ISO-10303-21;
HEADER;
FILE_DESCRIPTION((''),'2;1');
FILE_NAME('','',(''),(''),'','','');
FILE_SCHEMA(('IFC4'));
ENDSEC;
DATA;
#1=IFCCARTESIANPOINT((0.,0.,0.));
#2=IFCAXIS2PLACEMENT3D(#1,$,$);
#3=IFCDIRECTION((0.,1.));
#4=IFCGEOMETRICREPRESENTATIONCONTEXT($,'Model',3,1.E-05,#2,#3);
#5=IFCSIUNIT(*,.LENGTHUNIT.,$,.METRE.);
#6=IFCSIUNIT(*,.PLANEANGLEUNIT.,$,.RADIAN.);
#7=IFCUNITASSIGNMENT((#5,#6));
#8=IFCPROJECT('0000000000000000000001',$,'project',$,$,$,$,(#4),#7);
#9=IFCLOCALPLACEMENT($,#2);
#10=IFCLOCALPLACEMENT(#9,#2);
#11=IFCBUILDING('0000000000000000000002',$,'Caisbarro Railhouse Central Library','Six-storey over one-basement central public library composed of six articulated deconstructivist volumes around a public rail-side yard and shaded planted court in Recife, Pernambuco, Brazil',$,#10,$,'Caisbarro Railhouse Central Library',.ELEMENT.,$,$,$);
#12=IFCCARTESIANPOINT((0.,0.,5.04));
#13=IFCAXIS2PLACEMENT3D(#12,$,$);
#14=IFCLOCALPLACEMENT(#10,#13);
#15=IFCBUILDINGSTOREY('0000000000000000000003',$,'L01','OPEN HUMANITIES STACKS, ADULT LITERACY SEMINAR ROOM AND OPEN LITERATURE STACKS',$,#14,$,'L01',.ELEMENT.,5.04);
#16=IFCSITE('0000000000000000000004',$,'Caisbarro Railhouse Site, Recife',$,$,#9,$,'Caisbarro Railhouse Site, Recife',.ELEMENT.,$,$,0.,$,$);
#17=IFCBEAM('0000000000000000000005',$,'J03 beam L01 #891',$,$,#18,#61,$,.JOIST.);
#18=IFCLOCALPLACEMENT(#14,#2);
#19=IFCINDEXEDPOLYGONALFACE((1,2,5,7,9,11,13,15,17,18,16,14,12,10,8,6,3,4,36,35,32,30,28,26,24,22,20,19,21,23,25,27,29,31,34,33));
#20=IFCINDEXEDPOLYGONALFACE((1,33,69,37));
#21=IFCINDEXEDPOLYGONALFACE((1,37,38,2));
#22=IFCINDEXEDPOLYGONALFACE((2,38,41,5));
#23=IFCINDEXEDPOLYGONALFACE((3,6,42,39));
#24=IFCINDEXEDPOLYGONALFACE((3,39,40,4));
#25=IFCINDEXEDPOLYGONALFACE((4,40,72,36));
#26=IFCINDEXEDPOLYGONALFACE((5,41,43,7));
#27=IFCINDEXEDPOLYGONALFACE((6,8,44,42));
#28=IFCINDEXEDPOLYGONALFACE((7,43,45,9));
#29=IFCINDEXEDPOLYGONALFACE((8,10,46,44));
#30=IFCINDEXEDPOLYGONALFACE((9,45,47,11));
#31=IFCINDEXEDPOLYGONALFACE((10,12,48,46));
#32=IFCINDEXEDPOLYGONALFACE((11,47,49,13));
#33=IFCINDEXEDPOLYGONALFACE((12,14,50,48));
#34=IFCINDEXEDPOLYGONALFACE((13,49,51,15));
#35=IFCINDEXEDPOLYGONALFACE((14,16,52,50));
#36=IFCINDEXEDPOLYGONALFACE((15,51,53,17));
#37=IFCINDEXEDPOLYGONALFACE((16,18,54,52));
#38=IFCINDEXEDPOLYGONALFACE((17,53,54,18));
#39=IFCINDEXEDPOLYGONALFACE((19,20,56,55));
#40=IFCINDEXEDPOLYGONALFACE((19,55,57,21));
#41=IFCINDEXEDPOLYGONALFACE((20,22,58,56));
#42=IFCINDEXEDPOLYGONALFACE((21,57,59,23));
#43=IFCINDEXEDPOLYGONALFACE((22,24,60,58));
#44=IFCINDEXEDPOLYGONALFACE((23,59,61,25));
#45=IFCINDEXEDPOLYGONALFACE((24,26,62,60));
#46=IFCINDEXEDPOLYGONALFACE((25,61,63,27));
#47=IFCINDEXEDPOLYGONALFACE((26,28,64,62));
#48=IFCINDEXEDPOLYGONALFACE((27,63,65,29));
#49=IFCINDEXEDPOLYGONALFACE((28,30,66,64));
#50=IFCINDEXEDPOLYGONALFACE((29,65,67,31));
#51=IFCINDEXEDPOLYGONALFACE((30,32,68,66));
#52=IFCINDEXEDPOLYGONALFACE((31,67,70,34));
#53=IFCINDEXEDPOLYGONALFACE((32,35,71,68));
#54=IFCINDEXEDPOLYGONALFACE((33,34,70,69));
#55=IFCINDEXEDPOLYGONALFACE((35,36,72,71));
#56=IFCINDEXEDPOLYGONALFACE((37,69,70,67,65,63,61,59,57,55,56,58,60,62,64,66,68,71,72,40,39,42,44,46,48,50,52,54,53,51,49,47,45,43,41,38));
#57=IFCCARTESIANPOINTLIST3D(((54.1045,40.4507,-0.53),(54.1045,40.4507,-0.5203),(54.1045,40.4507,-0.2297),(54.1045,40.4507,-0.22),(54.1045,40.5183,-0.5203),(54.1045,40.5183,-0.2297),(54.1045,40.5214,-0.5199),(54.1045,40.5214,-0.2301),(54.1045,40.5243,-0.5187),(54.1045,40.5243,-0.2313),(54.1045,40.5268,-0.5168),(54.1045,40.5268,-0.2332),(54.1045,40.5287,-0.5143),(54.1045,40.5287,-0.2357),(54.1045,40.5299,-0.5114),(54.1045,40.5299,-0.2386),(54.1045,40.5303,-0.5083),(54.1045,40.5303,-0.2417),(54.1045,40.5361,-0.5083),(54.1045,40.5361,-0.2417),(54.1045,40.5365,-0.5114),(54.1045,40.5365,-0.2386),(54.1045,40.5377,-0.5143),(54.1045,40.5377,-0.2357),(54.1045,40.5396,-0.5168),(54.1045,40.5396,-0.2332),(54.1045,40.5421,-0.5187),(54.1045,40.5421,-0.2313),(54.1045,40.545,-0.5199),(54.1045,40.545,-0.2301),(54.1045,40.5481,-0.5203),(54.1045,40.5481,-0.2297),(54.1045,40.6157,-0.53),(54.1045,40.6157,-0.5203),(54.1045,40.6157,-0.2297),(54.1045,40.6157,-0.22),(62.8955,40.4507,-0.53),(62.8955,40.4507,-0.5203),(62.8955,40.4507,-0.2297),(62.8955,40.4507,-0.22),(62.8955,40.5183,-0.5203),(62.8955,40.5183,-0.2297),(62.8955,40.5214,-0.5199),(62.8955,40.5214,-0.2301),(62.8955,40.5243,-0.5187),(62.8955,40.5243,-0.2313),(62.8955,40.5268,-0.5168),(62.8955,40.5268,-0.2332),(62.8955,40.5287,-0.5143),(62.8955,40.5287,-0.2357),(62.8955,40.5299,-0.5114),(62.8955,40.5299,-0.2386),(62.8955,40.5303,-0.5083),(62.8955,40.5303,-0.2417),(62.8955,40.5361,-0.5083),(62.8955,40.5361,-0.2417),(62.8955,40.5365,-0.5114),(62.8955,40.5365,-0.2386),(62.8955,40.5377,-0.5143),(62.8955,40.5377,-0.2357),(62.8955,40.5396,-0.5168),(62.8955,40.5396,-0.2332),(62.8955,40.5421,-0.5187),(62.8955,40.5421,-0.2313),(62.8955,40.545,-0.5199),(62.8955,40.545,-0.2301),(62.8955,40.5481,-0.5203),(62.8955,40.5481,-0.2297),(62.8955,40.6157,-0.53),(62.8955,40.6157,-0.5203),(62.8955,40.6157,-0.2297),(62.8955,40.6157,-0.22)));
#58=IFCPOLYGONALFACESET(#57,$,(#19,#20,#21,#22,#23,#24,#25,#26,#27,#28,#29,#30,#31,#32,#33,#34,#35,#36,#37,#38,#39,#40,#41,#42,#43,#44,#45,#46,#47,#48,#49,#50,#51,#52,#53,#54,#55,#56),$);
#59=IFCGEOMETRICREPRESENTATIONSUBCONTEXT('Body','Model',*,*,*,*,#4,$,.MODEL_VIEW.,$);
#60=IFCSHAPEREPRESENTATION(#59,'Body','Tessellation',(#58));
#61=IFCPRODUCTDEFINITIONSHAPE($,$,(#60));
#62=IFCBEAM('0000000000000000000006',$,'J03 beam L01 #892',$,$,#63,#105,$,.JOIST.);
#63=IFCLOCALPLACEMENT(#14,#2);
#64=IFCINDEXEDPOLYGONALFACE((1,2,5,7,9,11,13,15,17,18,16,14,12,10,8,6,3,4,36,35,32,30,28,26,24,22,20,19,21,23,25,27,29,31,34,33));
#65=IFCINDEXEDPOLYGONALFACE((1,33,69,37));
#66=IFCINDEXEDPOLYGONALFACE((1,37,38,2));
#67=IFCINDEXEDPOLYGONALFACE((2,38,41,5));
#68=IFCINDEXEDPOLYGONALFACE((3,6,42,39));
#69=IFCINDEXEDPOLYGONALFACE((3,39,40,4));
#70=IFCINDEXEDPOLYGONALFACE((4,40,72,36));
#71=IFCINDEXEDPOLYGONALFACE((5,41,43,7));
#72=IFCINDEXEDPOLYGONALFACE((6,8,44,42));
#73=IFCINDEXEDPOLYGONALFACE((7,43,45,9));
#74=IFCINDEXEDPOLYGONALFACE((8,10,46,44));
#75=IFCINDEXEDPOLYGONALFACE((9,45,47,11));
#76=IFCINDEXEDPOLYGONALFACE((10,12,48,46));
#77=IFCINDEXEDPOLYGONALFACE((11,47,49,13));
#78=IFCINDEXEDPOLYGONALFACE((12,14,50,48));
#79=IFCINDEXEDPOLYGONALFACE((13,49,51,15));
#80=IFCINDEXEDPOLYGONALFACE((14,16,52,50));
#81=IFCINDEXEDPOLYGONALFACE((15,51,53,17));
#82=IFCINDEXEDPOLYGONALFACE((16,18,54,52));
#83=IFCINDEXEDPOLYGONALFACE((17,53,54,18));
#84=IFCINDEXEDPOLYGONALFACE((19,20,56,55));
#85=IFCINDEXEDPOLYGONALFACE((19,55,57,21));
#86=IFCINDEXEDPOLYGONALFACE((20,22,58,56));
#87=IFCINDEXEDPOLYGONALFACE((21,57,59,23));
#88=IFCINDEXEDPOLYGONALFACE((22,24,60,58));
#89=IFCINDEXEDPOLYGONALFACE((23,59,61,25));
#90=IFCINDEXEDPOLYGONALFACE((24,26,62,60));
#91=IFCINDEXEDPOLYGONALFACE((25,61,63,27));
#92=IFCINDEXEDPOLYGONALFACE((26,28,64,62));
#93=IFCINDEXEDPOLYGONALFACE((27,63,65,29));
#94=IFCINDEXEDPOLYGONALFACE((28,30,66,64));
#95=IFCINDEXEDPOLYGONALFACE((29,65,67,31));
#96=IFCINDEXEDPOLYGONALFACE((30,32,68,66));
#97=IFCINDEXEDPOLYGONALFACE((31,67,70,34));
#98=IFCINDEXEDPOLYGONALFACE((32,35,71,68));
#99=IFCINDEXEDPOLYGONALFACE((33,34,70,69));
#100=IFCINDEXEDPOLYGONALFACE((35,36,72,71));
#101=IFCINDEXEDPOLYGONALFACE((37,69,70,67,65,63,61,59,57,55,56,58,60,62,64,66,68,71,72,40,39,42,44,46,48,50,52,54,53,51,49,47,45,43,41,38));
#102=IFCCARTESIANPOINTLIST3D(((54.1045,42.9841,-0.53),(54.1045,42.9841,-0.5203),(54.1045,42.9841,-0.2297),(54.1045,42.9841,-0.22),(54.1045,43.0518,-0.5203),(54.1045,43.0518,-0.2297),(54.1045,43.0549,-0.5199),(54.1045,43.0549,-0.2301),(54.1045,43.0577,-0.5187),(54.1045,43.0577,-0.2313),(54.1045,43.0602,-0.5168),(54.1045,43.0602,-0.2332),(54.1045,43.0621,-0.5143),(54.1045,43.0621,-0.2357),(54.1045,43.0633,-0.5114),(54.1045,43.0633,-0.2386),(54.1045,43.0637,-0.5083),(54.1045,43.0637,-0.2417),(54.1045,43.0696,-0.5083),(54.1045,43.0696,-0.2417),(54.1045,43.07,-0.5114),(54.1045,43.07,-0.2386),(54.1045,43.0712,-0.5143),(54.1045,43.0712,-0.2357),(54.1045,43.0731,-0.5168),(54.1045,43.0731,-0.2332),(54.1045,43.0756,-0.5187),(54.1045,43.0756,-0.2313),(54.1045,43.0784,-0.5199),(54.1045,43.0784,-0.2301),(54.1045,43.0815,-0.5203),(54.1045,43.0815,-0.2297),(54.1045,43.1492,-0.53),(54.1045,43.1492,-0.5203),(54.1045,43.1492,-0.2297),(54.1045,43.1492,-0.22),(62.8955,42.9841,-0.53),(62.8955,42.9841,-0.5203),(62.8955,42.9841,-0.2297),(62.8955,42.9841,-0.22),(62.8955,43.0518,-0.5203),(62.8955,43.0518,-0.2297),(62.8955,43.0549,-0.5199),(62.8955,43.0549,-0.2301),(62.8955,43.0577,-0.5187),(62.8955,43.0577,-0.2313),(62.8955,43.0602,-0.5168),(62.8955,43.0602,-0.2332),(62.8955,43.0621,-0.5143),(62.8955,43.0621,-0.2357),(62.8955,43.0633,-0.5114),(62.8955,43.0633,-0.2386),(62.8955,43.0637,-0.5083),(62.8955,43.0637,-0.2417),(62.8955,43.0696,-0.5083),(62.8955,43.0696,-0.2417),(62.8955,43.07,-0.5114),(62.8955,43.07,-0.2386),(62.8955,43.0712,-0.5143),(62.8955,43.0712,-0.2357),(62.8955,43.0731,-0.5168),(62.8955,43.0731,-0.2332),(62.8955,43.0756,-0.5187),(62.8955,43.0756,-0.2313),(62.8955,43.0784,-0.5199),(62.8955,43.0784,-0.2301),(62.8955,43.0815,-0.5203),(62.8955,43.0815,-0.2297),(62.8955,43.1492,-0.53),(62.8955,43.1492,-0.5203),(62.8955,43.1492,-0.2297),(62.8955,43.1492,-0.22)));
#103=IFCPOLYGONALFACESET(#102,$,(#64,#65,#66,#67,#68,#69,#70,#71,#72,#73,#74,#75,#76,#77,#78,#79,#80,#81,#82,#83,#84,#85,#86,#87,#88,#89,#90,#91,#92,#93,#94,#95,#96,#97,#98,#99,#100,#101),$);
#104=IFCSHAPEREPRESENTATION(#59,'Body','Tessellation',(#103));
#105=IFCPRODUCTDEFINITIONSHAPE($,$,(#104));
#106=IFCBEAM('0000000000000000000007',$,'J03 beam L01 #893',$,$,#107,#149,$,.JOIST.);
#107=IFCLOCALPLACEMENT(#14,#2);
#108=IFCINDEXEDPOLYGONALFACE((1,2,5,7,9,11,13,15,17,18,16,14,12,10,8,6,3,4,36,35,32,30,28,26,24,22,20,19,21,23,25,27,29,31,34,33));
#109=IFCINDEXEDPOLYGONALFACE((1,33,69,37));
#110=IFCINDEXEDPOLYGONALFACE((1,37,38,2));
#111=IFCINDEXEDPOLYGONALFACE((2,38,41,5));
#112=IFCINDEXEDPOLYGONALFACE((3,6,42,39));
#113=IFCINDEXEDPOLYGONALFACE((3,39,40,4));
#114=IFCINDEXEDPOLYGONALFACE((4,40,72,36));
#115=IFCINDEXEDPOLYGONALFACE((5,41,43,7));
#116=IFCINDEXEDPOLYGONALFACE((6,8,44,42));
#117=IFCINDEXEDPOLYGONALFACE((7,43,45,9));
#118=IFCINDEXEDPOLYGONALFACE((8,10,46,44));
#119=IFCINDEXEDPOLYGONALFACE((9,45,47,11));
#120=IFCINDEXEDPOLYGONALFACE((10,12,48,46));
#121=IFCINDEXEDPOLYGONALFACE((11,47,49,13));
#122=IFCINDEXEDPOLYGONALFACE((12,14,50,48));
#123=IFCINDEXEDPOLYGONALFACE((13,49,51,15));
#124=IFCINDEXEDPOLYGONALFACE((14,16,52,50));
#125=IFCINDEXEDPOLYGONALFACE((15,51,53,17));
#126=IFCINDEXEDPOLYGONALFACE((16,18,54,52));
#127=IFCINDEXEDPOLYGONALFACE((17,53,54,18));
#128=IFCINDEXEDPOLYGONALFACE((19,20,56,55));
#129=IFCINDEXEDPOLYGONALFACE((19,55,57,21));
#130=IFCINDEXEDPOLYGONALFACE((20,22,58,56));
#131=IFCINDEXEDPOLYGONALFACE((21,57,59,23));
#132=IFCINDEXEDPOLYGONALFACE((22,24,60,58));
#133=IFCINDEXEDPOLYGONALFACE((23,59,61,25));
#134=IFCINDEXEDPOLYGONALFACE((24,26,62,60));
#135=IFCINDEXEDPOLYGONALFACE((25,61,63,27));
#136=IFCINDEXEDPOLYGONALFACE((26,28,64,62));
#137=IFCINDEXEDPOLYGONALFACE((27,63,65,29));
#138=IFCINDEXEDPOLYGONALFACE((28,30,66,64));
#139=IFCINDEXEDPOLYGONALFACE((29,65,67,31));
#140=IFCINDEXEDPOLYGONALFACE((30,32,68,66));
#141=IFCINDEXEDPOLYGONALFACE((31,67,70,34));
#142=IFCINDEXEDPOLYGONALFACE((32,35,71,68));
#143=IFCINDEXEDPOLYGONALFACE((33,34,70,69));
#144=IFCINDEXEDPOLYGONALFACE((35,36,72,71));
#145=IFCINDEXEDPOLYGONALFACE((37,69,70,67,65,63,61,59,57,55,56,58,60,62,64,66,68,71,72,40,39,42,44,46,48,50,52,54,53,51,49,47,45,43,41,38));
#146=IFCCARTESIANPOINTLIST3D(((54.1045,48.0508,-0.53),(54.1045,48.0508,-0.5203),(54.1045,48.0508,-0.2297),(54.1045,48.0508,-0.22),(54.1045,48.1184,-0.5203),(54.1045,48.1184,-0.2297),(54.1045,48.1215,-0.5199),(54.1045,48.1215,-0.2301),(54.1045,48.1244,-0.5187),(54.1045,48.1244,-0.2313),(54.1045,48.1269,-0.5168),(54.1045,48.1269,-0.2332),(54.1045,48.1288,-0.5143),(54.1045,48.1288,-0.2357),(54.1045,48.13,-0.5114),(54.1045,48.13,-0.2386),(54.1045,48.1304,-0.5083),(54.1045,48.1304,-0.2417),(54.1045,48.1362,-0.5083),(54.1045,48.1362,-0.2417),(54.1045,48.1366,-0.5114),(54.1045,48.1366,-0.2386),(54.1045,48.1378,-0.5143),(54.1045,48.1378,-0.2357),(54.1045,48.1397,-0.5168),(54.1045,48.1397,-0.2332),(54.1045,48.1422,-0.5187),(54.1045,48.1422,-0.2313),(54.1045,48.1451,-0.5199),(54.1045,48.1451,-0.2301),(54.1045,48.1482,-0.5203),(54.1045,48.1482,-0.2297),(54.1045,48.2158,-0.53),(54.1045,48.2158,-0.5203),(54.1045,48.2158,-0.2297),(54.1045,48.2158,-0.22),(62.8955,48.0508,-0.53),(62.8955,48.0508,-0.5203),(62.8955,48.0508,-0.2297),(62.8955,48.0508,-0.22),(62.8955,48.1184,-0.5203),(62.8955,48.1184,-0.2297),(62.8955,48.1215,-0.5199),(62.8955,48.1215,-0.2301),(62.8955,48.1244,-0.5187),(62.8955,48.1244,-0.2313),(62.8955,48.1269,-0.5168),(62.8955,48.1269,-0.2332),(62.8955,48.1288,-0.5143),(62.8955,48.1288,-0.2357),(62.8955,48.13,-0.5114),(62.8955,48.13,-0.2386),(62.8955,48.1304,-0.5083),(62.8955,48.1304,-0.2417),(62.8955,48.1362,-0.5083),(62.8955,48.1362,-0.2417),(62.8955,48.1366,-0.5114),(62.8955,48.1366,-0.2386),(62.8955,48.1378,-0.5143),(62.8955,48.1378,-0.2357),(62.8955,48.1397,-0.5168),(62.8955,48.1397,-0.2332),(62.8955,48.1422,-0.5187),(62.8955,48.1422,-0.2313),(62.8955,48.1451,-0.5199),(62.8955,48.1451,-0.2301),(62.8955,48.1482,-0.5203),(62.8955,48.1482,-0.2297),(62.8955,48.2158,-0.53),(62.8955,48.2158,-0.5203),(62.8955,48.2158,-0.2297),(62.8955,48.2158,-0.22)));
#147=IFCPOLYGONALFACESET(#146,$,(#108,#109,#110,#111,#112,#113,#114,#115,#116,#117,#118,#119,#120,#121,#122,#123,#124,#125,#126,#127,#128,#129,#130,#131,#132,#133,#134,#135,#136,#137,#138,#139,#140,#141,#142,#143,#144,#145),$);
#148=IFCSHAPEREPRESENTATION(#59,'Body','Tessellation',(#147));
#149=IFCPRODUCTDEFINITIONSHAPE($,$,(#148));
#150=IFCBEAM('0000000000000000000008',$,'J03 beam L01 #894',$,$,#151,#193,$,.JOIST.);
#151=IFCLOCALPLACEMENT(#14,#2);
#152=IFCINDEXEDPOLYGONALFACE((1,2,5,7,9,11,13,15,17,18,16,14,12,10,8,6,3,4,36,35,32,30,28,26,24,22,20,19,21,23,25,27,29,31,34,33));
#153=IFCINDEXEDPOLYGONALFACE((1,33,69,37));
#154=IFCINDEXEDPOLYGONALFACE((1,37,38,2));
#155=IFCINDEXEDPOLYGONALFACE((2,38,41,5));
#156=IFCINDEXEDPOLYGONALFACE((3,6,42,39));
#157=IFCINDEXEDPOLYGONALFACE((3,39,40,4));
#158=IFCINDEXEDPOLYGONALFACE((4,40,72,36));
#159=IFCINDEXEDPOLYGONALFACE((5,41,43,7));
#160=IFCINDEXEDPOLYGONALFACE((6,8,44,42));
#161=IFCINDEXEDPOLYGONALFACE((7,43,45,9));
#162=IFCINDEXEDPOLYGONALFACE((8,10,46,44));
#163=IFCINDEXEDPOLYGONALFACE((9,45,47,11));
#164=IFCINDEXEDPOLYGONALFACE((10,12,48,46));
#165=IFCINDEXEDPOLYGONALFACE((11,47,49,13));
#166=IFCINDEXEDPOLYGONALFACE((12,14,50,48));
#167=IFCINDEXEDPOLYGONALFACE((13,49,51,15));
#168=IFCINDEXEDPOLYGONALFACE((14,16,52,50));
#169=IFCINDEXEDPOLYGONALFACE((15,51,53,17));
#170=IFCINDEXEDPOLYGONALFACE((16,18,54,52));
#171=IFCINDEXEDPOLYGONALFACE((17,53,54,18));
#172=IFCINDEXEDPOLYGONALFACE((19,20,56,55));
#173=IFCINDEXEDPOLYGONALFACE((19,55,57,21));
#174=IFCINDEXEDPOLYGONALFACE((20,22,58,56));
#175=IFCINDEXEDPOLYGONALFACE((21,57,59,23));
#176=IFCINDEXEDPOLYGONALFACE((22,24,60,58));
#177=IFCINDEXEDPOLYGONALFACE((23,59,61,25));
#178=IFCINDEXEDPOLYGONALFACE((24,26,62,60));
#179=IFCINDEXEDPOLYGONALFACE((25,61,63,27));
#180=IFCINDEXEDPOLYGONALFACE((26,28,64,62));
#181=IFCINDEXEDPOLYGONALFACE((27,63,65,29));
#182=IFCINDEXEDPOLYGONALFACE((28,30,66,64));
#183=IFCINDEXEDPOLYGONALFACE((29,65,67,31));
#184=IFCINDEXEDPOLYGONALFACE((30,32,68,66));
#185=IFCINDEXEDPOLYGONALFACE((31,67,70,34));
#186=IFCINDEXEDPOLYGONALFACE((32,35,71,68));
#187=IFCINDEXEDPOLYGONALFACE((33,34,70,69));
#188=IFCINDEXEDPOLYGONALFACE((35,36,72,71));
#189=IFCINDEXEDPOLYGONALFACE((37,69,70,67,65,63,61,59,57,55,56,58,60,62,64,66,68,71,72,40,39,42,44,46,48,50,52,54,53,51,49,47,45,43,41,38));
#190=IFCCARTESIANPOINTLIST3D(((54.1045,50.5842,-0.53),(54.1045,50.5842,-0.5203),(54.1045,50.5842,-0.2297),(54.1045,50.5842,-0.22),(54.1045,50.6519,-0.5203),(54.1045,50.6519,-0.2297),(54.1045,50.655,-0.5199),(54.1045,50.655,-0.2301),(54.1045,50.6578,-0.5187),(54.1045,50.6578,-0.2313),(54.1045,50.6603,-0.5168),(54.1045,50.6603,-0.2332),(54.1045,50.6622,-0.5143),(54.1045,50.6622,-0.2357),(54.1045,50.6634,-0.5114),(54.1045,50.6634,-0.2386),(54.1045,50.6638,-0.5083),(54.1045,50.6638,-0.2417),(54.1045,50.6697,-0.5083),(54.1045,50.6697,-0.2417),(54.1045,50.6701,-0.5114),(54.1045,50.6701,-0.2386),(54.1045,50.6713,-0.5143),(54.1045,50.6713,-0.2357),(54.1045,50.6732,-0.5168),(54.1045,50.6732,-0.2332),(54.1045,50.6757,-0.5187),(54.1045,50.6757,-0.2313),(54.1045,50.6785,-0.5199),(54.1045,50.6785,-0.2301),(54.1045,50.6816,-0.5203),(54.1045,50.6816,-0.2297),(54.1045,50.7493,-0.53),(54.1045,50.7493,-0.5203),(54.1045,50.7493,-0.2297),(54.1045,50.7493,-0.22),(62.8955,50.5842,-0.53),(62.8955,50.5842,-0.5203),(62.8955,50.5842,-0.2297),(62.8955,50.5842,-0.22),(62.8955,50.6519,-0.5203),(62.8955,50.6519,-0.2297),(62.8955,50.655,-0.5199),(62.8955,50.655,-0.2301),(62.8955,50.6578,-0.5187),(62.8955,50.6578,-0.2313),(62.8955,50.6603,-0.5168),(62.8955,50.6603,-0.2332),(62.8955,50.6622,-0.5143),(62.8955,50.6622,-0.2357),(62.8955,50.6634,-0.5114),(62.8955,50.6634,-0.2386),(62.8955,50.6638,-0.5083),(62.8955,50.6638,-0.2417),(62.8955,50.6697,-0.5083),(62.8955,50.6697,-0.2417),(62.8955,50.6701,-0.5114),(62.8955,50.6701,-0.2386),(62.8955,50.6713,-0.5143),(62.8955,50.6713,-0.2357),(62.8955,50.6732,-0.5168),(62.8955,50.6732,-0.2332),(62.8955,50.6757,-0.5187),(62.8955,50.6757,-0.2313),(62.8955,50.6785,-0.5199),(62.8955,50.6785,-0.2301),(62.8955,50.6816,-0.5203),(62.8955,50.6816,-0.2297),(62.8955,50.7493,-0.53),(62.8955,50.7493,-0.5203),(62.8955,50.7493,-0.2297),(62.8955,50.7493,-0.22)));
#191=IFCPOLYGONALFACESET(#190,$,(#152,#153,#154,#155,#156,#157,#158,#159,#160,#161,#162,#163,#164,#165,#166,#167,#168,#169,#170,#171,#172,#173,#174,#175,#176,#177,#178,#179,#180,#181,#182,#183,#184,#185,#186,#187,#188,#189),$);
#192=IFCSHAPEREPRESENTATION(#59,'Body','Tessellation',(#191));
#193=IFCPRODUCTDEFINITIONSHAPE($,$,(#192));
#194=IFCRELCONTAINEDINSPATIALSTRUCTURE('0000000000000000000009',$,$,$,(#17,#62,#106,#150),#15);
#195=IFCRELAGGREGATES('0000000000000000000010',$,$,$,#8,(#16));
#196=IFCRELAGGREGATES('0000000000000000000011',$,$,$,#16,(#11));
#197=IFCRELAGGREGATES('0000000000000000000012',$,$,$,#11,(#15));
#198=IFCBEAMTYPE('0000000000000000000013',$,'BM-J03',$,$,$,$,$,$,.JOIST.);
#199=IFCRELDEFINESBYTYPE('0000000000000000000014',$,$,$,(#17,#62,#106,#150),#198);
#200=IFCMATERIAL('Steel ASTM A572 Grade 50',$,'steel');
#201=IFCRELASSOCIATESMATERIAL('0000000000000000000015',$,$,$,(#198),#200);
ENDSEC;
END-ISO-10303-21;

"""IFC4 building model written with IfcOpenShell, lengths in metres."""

from ifc_helpers import new_model, si_unit, direction, frame, origin, origin_2d, place, context, subcontext, project, spatial, i_section, extrude, material, material_profile, profile_set, type_object, element, save


model = new_model("IFC4")

# Units and contexts
model_context = context("Model", 3, precision=1e-05, world=origin(), true_north=direction((0.0, 1.0)))
body_context = subcontext(model_context, "Body", "Model", "MODEL_VIEW")
ifc_project = project(units=[si_unit("LENGTHUNIT", "METRE"), si_unit("PLANEANGLEUNIT", "RADIAN")], contexts=[model_context])

# Site, building, storey
site_placement = place(None, origin())
site = spatial("IfcSite", under=ifc_project, at=site_placement, Name="Caisbarro Railhouse Site, Recife", LongName="Caisbarro Railhouse Site, Recife", CompositionType="ELEMENT", RefElevation=0.0)
building_placement = place(site_placement, origin())
building = spatial("IfcBuilding", under=site, at=building_placement, Name="Caisbarro Railhouse Central Library", Description="Six-storey over one-basement central public library composed of six articulated deconstructivist volumes around a public rail-side yard and shaded planted court in Recife, Pernambuco, Brazil", LongName="Caisbarro Railhouse Central Library", CompositionType="ELEMENT")
storey_placement = place(building_placement, frame((0.0, 0.0, 5.04)))
storey = spatial("IfcBuildingStorey", under=building, at=storey_placement, Name="L01", Description="OPEN HUMANITIES STACKS, ADULT LITERACY SEMINAR ROOM AND OPEN LITERATURE STACKS", LongName="L01", CompositionType="ELEMENT", Elevation=5.04)

# Shared definitions
ifc_material_1 = material(Name="Steel ASTM A572 Grade 50", Category="steel")

# Beams
ifc_material_profile_1 = material_profile(ifc_material_1, i_section(OverallWidth=0.165, OverallDepth=0.3101, WebThickness=0.0059, FlangeThickness=0.0098, FilletRadius=0.012, at=origin_2d()), Name="W310X38.7")
ifc_profile_set_1 = profile_set([ifc_material_profile_1], Name="Steel ASTM A572 Grade 50")
beam_type_1 = type_object("IfcBeamType", Name="BM-J03", PredefinedType="JOIST", material=ifc_profile_set_1)
for number, where, z_axis, x_axis, name in (
    (1, (54.1045, 40.5332, -0.375), (1.0, 0.0, 0.0), (0.0, 1.0, 0.0), "J03 beam L01 #891"),
    (2, (54.1045, 43.0667, -0.375), (1.0, 0.0, 0.0), (0.0, 1.0, 0.0), "J03 beam L01 #892"),
    (3, (54.1045, 48.1333, -0.375), (1.0, 0.0, 0.0), (0.0, 1.0, 0.0), "J03 beam L01 #893"),
    (4, (54.1045, 50.6667, -0.375), (1.0, 0.0, 0.0), (0.0, 1.0, 0.0), "J03 beam L01 #894"),
):
    element("IfcBeam", number, at=place(storey_placement, frame(where, z_axis=z_axis, x_axis=x_axis)), inside=storey, type_object=beam_type_1, Name=name, PredefinedType="JOIST", context=body_context, shape_type="SweptSolid", body=[
        extrude(i_section(OverallWidth=0.165, OverallDepth=0.3101, WebThickness=0.0059, FlangeThickness=0.0098, FilletRadius=0.012, at=origin_2d()), origin(), (0.0, 0.0, 1.0), 8.791),
    ])

save(model, "model.ifc")
